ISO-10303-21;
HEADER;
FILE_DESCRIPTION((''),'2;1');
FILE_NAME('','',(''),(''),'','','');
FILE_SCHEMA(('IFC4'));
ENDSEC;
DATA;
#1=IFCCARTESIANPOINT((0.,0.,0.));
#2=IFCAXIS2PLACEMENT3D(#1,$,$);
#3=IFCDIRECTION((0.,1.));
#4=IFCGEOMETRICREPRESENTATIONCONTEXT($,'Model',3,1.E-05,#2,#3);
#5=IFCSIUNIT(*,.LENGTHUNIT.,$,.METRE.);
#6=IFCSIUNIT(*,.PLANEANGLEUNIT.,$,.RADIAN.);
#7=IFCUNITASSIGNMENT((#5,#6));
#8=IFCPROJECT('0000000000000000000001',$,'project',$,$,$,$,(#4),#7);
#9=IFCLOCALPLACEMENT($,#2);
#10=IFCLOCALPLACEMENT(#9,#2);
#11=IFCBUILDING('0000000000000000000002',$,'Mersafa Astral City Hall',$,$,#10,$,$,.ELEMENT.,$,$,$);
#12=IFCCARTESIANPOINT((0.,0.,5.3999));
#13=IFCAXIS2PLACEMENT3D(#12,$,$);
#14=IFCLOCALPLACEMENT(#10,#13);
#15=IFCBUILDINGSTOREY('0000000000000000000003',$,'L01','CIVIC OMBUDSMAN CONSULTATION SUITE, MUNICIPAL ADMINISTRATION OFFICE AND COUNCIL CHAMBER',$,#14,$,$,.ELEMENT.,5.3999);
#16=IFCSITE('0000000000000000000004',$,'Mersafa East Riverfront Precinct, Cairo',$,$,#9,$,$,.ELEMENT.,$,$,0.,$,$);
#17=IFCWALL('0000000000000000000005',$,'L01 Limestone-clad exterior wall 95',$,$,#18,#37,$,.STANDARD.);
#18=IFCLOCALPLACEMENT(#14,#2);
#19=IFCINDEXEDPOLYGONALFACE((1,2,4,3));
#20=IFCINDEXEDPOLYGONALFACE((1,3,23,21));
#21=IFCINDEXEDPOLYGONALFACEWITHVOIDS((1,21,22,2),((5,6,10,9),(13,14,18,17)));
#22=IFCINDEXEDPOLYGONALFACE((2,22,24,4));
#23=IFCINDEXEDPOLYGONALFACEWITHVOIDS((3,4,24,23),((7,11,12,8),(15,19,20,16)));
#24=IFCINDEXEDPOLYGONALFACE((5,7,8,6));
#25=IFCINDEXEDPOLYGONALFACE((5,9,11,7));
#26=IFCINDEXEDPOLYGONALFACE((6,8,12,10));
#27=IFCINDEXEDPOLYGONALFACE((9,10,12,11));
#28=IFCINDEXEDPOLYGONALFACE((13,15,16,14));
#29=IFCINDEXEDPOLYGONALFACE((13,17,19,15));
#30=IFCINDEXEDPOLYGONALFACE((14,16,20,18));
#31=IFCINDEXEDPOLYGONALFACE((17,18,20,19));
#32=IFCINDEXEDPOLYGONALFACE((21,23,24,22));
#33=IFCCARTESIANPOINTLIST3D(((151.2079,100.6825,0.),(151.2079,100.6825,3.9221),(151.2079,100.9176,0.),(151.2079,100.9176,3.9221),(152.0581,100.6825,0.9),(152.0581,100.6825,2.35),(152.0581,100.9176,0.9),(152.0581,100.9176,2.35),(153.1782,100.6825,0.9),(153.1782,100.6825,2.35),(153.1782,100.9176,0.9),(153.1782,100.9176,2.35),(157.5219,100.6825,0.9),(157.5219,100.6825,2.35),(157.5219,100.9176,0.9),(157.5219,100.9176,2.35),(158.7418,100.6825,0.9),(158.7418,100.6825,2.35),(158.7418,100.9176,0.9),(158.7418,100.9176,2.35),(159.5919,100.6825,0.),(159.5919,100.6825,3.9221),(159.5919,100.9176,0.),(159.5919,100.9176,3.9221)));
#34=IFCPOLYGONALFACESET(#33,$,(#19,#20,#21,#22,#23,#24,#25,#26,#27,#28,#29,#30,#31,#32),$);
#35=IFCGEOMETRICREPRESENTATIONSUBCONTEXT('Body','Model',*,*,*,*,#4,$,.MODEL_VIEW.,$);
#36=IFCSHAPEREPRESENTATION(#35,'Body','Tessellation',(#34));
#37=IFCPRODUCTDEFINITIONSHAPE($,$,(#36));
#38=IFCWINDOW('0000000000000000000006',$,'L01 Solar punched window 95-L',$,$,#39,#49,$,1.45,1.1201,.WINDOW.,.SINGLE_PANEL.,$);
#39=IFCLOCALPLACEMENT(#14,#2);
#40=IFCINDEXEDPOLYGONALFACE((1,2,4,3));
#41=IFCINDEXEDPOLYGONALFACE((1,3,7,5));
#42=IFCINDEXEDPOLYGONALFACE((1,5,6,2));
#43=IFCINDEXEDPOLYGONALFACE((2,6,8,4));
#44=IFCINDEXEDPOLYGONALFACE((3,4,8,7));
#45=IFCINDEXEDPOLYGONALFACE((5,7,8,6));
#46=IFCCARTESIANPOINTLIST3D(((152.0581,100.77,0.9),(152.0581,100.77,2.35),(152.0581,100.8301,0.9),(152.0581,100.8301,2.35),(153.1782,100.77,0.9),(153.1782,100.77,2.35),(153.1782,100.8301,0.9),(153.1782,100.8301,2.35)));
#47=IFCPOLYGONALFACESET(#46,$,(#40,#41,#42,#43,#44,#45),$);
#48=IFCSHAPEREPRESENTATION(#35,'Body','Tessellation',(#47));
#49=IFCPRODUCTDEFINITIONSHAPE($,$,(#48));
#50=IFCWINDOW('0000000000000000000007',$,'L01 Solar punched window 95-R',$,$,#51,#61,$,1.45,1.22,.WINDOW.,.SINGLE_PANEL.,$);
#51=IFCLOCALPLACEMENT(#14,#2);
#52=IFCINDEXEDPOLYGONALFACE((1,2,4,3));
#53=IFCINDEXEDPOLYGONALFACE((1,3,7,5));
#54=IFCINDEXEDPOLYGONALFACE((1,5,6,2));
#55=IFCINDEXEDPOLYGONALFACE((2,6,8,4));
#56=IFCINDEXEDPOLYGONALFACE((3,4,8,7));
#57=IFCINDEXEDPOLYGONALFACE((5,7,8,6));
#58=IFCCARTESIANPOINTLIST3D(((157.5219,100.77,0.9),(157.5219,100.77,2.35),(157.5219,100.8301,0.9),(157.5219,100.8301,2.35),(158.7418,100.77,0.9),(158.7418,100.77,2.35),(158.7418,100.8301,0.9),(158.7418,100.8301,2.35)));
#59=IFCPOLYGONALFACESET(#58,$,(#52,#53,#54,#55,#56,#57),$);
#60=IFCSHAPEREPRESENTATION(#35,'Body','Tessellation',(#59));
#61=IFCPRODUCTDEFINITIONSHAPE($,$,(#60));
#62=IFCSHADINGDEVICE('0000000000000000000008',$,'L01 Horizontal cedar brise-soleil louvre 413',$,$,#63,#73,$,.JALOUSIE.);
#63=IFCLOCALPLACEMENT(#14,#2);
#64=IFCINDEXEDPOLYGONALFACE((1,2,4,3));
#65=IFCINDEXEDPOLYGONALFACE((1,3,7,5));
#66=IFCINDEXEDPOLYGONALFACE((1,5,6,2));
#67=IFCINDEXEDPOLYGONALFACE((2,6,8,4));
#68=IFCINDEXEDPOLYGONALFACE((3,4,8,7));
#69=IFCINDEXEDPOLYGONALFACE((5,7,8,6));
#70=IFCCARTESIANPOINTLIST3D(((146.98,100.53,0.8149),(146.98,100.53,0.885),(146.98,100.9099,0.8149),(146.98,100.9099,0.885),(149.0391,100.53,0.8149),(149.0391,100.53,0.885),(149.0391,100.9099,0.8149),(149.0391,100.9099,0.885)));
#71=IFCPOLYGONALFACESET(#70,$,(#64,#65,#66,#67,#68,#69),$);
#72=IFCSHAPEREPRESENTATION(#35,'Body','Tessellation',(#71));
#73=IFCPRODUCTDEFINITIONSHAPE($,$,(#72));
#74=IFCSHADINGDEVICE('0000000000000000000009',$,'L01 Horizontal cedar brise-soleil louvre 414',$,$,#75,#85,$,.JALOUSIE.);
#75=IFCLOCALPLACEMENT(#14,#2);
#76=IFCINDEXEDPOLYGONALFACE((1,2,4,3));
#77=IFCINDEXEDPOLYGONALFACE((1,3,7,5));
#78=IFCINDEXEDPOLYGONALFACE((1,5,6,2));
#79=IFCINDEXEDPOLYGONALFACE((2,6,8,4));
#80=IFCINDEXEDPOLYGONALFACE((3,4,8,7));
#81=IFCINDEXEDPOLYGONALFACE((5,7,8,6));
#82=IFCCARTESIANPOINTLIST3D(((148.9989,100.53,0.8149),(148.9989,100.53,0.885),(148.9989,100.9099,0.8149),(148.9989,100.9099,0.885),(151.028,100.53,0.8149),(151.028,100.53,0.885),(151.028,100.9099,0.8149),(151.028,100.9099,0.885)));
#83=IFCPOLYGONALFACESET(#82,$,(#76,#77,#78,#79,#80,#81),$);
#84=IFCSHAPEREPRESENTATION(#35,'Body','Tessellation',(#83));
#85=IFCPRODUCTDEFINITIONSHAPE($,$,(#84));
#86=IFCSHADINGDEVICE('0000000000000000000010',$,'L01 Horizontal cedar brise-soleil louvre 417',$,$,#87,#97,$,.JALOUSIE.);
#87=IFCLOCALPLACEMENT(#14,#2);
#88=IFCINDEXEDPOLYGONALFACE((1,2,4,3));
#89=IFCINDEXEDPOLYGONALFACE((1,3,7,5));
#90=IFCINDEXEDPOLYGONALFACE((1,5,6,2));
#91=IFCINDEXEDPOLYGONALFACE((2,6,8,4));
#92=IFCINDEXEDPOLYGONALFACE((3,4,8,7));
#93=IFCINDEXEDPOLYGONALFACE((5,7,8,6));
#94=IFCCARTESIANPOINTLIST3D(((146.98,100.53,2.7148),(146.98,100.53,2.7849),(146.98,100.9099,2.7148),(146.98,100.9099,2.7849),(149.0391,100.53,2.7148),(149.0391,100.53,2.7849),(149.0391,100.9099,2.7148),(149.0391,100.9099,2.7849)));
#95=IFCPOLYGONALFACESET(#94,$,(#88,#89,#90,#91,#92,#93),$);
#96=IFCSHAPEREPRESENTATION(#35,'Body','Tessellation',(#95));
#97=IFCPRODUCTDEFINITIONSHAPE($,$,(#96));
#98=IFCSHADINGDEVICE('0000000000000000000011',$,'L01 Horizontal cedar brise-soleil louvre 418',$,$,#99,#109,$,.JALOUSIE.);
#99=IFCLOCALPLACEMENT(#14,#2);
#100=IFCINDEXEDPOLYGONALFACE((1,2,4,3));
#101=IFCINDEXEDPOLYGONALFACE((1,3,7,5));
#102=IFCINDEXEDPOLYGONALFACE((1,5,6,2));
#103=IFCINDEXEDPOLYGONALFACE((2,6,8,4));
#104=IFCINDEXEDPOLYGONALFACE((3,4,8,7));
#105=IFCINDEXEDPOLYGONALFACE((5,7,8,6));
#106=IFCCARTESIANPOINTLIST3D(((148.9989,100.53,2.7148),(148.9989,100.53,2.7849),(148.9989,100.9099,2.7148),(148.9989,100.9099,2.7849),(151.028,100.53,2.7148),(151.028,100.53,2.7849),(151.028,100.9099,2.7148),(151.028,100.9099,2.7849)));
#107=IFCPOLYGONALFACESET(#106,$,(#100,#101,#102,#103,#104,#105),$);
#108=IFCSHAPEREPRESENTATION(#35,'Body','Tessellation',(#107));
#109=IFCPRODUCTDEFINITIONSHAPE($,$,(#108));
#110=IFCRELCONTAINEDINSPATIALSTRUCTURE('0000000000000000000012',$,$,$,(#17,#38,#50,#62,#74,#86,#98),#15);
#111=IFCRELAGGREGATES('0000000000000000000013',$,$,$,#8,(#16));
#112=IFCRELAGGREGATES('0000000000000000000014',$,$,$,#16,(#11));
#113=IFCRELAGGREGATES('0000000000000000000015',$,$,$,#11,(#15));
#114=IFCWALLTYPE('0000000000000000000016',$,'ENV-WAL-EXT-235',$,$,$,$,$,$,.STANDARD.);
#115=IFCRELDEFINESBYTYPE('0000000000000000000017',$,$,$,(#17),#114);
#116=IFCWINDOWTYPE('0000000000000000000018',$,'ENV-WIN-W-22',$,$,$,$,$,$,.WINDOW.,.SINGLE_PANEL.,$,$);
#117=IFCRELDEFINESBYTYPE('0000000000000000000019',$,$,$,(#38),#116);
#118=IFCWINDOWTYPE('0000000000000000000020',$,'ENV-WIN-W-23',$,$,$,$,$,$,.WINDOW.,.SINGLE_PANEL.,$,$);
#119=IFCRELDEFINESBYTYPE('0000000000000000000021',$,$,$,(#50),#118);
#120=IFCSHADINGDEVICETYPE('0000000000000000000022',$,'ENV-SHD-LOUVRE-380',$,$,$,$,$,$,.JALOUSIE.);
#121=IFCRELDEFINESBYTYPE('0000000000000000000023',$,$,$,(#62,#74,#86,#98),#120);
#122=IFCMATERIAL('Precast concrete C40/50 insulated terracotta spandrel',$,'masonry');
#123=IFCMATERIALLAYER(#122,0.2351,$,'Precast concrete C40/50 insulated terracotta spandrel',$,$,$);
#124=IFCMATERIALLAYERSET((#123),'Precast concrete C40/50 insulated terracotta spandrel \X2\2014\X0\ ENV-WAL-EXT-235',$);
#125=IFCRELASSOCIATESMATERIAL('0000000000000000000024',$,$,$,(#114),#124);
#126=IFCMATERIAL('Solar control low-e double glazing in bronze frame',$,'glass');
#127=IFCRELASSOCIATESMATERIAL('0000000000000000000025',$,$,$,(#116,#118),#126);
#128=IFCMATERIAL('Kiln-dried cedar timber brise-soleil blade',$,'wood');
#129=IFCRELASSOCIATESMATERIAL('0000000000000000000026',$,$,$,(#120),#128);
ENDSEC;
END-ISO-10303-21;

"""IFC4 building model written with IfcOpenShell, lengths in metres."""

from ifc_helpers import new_model, si_unit, direction, frame, frame_2d, origin, origin_2d, place, context, subcontext, project, spatial, rectangle, extrude, material, layer, layer_set, type_object, element, fill, save


model = new_model("IFC4")

# Units and contexts
model_context = context("Model", 3, precision=1e-05, world=origin(), true_north=direction((0.0, 1.0)))
body_context = subcontext(model_context, "Body", "Model", "MODEL_VIEW")
ifc_project = project(units=[si_unit("LENGTHUNIT", "METRE"), si_unit("PLANEANGLEUNIT", "RADIAN")], contexts=[model_context])

# Site, building, storey
site_placement = place(None, origin())
site = spatial("IfcSite", under=ifc_project, at=site_placement, Name="Mersafa East Riverfront Precinct, Cairo", CompositionType="ELEMENT", RefElevation=0.0)
building_placement = place(site_placement, origin())
building = spatial("IfcBuilding", under=site, at=building_placement, Name="Mersafa Astral City Hall", CompositionType="ELEMENT")
storey_placement = place(building_placement, frame((0.0, 0.0, 5.3999)))
storey = spatial("IfcBuildingStorey", under=building, at=storey_placement, Name="L01", Description="CIVIC OMBUDSMAN CONSULTATION SUITE, MUNICIPAL ADMINISTRATION OFFICE AND COUNCIL CHAMBER", CompositionType="ELEMENT", Elevation=5.3999)

# Wall, openings, windows
ifc_material_1 = material(Name="Precast concrete C40/50 insulated terracotta spandrel", Category="masonry")
ifc_layer_1 = layer(ifc_material_1, 0.2351, Name="Precast concrete C40/50 insulated terracotta spandrel")
ifc_layer_set_1 = layer_set([ifc_layer_1], Name="Precast concrete C40/50 insulated terracotta spandrel — ENV-WAL-EXT-235")
wall_type = type_object("IfcWallType", Name="ENV-WAL-EXT-235", PredefinedType="STANDARD", material=ifc_layer_set_1)
wall_placement = place(storey_placement, frame((151.208, 100.8, 0.0), z_axis=(0.0, 0.0, 1.0), x_axis=(1.0, 0.0, 0.0)))
wall = element("IfcWall", 1, at=wall_placement, inside=storey, type_object=wall_type, Name="L01 Limestone-clad exterior wall 95", PredefinedType="STANDARD", context=body_context, shape_type="SweptSolid", body=[
    extrude(rectangle(XDim=8.384, YDim=0.2351, at=frame_2d((4.1919, 0.0))), origin(), (0.0, 0.0, 1.0), 3.9221),
])
opening_1_placement = place(wall_placement, frame((0.8501, 0.0, 0.8999)))
opening_1 = element("IfcOpeningElement", 2, at=opening_1_placement, cuts=wall, PredefinedType="OPENING", context=body_context, shape_type="SweptSolid", body=[
    extrude(rectangle(XDim=1.1201, YDim=1.45, at=frame_2d((0.5601, 0.7251))), frame((0.0, 0.1274, 0.0), z_axis=(0.0, -1.0, 0.0), x_axis=(1.0, 0.0, 0.0)), (0.0, 0.0, 1.0), 0.2551),
])
opening_2_placement = place(wall_placement, frame((6.314, 0.0, 0.8999)))
opening_2 = element("IfcOpeningElement", 3, at=opening_2_placement, cuts=wall, PredefinedType="OPENING", context=body_context, shape_type="SweptSolid", body=[
    extrude(rectangle(XDim=1.22, YDim=1.45, at=frame_2d((0.6099, 0.7251))), frame((0.0, 0.1274, 0.0), z_axis=(0.0, -1.0, 0.0), x_axis=(1.0, 0.0, 0.0)), (0.0, 0.0, 1.0), 0.2551),
])
ifc_material_2 = material(Name="Solar control low-e double glazing in bronze frame", Category="glass")
window_type_1 = type_object("IfcWindowType", Name="ENV-WIN-W-22", PartitioningType="SINGLE_PANEL", PredefinedType="WINDOW", material=ifc_material_2)
window_1_placement = place(opening_1_placement, origin())
window_1 = element("IfcWindow", 4, at=window_1_placement, inside=storey, type_object=window_type_1, Name="L01 Solar punched window 95-L", OverallHeight=1.45, OverallWidth=1.1201, PartitioningType="SINGLE_PANEL", PredefinedType="WINDOW", context=body_context, shape_type="SweptSolid", body=[
    extrude(rectangle(XDim=1.1201, YDim=1.45, at=frame_2d((0.5601, 0.7251))), frame((0.0, 0.03, 0.0), z_axis=(0.0, -1.0, 0.0), x_axis=(1.0, 0.0, 0.0)), (0.0, 0.0, 1.0), 0.0601),
])
fill(opening_1, window_1)
window_type_2 = type_object("IfcWindowType", Name="ENV-WIN-W-23", PartitioningType="SINGLE_PANEL", PredefinedType="WINDOW", material=ifc_material_2)
window_2_placement = place(opening_2_placement, origin())
window_2 = element("IfcWindow", 5, at=window_2_placement, inside=storey, type_object=window_type_2, Name="L01 Solar punched window 95-R", OverallHeight=1.45, OverallWidth=1.22, PartitioningType="SINGLE_PANEL", PredefinedType="WINDOW", context=body_context, shape_type="SweptSolid", body=[
    extrude(rectangle(XDim=1.22, YDim=1.45, at=frame_2d((0.6099, 0.7251))), frame((0.0, 0.03, 0.0), z_axis=(0.0, -1.0, 0.0), x_axis=(1.0, 0.0, 0.0)), (0.0, 0.0, 1.0), 0.0601),
])
fill(opening_2, window_2)

# Shading devices
ifc_material_3 = material(Name="Kiln-dried cedar timber brise-soleil blade", Category="wood")
shading_device_type = type_object("IfcShadingDeviceType", Name="ENV-SHD-LOUVRE-380", PredefinedType="JALOUSIE", material=ifc_material_3)
shading_device_1_placement = place(storey_placement, frame((148.0095, 100.72, 0.8149), z_axis=(0.0, 0.0, 1.0), x_axis=(1.0, 0.0, 0.0)))
element("IfcShadingDevice", 6, at=shading_device_1_placement, inside=storey, type_object=shading_device_type, Name="L01 Horizontal cedar brise-soleil louvre 413", PredefinedType="JALOUSIE", context=body_context, shape_type="SweptSolid", body=[
    extrude(rectangle(XDim=2.0591, YDim=0.3799, at=origin_2d()), origin(), (0.0, 0.0, 1.0), 0.0701),
])
shading_device_2_placement = place(storey_placement, frame((150.0134, 100.72, 0.8149), z_axis=(0.0, 0.0, 1.0), x_axis=(1.0, 0.0, 0.0)))
element("IfcShadingDevice", 7, at=shading_device_2_placement, inside=storey, type_object=shading_device_type, Name="L01 Horizontal cedar brise-soleil louvre 414", PredefinedType="JALOUSIE", context=body_context, shape_type="SweptSolid", body=[
    extrude(rectangle(XDim=2.0291, YDim=0.3799, at=origin_2d()), origin(), (0.0, 0.0, 1.0), 0.0701),
])
shading_device_3_placement = place(storey_placement, frame((148.0095, 100.72, 2.7148), z_axis=(0.0, 0.0, 1.0), x_axis=(1.0, 0.0, 0.0)))
element("IfcShadingDevice", 8, at=shading_device_3_placement, inside=storey, type_object=shading_device_type, Name="L01 Horizontal cedar brise-soleil louvre 417", PredefinedType="JALOUSIE", context=body_context, shape_type="SweptSolid", body=[
    extrude(rectangle(XDim=2.0591, YDim=0.3799, at=origin_2d()), origin(), (0.0, 0.0, 1.0), 0.0701),
])
shading_device_4_placement = place(storey_placement, frame((150.0134, 100.72, 2.7148), z_axis=(0.0, 0.0, 1.0), x_axis=(1.0, 0.0, 0.0)))
element("IfcShadingDevice", 9, at=shading_device_4_placement, inside=storey, type_object=shading_device_type, Name="L01 Horizontal cedar brise-soleil louvre 418", PredefinedType="JALOUSIE", context=body_context, shape_type="SweptSolid", body=[
    extrude(rectangle(XDim=2.0291, YDim=0.3799, at=origin_2d()), origin(), (0.0, 0.0, 1.0), 0.0701),
])

save(model, "model.ifc")
